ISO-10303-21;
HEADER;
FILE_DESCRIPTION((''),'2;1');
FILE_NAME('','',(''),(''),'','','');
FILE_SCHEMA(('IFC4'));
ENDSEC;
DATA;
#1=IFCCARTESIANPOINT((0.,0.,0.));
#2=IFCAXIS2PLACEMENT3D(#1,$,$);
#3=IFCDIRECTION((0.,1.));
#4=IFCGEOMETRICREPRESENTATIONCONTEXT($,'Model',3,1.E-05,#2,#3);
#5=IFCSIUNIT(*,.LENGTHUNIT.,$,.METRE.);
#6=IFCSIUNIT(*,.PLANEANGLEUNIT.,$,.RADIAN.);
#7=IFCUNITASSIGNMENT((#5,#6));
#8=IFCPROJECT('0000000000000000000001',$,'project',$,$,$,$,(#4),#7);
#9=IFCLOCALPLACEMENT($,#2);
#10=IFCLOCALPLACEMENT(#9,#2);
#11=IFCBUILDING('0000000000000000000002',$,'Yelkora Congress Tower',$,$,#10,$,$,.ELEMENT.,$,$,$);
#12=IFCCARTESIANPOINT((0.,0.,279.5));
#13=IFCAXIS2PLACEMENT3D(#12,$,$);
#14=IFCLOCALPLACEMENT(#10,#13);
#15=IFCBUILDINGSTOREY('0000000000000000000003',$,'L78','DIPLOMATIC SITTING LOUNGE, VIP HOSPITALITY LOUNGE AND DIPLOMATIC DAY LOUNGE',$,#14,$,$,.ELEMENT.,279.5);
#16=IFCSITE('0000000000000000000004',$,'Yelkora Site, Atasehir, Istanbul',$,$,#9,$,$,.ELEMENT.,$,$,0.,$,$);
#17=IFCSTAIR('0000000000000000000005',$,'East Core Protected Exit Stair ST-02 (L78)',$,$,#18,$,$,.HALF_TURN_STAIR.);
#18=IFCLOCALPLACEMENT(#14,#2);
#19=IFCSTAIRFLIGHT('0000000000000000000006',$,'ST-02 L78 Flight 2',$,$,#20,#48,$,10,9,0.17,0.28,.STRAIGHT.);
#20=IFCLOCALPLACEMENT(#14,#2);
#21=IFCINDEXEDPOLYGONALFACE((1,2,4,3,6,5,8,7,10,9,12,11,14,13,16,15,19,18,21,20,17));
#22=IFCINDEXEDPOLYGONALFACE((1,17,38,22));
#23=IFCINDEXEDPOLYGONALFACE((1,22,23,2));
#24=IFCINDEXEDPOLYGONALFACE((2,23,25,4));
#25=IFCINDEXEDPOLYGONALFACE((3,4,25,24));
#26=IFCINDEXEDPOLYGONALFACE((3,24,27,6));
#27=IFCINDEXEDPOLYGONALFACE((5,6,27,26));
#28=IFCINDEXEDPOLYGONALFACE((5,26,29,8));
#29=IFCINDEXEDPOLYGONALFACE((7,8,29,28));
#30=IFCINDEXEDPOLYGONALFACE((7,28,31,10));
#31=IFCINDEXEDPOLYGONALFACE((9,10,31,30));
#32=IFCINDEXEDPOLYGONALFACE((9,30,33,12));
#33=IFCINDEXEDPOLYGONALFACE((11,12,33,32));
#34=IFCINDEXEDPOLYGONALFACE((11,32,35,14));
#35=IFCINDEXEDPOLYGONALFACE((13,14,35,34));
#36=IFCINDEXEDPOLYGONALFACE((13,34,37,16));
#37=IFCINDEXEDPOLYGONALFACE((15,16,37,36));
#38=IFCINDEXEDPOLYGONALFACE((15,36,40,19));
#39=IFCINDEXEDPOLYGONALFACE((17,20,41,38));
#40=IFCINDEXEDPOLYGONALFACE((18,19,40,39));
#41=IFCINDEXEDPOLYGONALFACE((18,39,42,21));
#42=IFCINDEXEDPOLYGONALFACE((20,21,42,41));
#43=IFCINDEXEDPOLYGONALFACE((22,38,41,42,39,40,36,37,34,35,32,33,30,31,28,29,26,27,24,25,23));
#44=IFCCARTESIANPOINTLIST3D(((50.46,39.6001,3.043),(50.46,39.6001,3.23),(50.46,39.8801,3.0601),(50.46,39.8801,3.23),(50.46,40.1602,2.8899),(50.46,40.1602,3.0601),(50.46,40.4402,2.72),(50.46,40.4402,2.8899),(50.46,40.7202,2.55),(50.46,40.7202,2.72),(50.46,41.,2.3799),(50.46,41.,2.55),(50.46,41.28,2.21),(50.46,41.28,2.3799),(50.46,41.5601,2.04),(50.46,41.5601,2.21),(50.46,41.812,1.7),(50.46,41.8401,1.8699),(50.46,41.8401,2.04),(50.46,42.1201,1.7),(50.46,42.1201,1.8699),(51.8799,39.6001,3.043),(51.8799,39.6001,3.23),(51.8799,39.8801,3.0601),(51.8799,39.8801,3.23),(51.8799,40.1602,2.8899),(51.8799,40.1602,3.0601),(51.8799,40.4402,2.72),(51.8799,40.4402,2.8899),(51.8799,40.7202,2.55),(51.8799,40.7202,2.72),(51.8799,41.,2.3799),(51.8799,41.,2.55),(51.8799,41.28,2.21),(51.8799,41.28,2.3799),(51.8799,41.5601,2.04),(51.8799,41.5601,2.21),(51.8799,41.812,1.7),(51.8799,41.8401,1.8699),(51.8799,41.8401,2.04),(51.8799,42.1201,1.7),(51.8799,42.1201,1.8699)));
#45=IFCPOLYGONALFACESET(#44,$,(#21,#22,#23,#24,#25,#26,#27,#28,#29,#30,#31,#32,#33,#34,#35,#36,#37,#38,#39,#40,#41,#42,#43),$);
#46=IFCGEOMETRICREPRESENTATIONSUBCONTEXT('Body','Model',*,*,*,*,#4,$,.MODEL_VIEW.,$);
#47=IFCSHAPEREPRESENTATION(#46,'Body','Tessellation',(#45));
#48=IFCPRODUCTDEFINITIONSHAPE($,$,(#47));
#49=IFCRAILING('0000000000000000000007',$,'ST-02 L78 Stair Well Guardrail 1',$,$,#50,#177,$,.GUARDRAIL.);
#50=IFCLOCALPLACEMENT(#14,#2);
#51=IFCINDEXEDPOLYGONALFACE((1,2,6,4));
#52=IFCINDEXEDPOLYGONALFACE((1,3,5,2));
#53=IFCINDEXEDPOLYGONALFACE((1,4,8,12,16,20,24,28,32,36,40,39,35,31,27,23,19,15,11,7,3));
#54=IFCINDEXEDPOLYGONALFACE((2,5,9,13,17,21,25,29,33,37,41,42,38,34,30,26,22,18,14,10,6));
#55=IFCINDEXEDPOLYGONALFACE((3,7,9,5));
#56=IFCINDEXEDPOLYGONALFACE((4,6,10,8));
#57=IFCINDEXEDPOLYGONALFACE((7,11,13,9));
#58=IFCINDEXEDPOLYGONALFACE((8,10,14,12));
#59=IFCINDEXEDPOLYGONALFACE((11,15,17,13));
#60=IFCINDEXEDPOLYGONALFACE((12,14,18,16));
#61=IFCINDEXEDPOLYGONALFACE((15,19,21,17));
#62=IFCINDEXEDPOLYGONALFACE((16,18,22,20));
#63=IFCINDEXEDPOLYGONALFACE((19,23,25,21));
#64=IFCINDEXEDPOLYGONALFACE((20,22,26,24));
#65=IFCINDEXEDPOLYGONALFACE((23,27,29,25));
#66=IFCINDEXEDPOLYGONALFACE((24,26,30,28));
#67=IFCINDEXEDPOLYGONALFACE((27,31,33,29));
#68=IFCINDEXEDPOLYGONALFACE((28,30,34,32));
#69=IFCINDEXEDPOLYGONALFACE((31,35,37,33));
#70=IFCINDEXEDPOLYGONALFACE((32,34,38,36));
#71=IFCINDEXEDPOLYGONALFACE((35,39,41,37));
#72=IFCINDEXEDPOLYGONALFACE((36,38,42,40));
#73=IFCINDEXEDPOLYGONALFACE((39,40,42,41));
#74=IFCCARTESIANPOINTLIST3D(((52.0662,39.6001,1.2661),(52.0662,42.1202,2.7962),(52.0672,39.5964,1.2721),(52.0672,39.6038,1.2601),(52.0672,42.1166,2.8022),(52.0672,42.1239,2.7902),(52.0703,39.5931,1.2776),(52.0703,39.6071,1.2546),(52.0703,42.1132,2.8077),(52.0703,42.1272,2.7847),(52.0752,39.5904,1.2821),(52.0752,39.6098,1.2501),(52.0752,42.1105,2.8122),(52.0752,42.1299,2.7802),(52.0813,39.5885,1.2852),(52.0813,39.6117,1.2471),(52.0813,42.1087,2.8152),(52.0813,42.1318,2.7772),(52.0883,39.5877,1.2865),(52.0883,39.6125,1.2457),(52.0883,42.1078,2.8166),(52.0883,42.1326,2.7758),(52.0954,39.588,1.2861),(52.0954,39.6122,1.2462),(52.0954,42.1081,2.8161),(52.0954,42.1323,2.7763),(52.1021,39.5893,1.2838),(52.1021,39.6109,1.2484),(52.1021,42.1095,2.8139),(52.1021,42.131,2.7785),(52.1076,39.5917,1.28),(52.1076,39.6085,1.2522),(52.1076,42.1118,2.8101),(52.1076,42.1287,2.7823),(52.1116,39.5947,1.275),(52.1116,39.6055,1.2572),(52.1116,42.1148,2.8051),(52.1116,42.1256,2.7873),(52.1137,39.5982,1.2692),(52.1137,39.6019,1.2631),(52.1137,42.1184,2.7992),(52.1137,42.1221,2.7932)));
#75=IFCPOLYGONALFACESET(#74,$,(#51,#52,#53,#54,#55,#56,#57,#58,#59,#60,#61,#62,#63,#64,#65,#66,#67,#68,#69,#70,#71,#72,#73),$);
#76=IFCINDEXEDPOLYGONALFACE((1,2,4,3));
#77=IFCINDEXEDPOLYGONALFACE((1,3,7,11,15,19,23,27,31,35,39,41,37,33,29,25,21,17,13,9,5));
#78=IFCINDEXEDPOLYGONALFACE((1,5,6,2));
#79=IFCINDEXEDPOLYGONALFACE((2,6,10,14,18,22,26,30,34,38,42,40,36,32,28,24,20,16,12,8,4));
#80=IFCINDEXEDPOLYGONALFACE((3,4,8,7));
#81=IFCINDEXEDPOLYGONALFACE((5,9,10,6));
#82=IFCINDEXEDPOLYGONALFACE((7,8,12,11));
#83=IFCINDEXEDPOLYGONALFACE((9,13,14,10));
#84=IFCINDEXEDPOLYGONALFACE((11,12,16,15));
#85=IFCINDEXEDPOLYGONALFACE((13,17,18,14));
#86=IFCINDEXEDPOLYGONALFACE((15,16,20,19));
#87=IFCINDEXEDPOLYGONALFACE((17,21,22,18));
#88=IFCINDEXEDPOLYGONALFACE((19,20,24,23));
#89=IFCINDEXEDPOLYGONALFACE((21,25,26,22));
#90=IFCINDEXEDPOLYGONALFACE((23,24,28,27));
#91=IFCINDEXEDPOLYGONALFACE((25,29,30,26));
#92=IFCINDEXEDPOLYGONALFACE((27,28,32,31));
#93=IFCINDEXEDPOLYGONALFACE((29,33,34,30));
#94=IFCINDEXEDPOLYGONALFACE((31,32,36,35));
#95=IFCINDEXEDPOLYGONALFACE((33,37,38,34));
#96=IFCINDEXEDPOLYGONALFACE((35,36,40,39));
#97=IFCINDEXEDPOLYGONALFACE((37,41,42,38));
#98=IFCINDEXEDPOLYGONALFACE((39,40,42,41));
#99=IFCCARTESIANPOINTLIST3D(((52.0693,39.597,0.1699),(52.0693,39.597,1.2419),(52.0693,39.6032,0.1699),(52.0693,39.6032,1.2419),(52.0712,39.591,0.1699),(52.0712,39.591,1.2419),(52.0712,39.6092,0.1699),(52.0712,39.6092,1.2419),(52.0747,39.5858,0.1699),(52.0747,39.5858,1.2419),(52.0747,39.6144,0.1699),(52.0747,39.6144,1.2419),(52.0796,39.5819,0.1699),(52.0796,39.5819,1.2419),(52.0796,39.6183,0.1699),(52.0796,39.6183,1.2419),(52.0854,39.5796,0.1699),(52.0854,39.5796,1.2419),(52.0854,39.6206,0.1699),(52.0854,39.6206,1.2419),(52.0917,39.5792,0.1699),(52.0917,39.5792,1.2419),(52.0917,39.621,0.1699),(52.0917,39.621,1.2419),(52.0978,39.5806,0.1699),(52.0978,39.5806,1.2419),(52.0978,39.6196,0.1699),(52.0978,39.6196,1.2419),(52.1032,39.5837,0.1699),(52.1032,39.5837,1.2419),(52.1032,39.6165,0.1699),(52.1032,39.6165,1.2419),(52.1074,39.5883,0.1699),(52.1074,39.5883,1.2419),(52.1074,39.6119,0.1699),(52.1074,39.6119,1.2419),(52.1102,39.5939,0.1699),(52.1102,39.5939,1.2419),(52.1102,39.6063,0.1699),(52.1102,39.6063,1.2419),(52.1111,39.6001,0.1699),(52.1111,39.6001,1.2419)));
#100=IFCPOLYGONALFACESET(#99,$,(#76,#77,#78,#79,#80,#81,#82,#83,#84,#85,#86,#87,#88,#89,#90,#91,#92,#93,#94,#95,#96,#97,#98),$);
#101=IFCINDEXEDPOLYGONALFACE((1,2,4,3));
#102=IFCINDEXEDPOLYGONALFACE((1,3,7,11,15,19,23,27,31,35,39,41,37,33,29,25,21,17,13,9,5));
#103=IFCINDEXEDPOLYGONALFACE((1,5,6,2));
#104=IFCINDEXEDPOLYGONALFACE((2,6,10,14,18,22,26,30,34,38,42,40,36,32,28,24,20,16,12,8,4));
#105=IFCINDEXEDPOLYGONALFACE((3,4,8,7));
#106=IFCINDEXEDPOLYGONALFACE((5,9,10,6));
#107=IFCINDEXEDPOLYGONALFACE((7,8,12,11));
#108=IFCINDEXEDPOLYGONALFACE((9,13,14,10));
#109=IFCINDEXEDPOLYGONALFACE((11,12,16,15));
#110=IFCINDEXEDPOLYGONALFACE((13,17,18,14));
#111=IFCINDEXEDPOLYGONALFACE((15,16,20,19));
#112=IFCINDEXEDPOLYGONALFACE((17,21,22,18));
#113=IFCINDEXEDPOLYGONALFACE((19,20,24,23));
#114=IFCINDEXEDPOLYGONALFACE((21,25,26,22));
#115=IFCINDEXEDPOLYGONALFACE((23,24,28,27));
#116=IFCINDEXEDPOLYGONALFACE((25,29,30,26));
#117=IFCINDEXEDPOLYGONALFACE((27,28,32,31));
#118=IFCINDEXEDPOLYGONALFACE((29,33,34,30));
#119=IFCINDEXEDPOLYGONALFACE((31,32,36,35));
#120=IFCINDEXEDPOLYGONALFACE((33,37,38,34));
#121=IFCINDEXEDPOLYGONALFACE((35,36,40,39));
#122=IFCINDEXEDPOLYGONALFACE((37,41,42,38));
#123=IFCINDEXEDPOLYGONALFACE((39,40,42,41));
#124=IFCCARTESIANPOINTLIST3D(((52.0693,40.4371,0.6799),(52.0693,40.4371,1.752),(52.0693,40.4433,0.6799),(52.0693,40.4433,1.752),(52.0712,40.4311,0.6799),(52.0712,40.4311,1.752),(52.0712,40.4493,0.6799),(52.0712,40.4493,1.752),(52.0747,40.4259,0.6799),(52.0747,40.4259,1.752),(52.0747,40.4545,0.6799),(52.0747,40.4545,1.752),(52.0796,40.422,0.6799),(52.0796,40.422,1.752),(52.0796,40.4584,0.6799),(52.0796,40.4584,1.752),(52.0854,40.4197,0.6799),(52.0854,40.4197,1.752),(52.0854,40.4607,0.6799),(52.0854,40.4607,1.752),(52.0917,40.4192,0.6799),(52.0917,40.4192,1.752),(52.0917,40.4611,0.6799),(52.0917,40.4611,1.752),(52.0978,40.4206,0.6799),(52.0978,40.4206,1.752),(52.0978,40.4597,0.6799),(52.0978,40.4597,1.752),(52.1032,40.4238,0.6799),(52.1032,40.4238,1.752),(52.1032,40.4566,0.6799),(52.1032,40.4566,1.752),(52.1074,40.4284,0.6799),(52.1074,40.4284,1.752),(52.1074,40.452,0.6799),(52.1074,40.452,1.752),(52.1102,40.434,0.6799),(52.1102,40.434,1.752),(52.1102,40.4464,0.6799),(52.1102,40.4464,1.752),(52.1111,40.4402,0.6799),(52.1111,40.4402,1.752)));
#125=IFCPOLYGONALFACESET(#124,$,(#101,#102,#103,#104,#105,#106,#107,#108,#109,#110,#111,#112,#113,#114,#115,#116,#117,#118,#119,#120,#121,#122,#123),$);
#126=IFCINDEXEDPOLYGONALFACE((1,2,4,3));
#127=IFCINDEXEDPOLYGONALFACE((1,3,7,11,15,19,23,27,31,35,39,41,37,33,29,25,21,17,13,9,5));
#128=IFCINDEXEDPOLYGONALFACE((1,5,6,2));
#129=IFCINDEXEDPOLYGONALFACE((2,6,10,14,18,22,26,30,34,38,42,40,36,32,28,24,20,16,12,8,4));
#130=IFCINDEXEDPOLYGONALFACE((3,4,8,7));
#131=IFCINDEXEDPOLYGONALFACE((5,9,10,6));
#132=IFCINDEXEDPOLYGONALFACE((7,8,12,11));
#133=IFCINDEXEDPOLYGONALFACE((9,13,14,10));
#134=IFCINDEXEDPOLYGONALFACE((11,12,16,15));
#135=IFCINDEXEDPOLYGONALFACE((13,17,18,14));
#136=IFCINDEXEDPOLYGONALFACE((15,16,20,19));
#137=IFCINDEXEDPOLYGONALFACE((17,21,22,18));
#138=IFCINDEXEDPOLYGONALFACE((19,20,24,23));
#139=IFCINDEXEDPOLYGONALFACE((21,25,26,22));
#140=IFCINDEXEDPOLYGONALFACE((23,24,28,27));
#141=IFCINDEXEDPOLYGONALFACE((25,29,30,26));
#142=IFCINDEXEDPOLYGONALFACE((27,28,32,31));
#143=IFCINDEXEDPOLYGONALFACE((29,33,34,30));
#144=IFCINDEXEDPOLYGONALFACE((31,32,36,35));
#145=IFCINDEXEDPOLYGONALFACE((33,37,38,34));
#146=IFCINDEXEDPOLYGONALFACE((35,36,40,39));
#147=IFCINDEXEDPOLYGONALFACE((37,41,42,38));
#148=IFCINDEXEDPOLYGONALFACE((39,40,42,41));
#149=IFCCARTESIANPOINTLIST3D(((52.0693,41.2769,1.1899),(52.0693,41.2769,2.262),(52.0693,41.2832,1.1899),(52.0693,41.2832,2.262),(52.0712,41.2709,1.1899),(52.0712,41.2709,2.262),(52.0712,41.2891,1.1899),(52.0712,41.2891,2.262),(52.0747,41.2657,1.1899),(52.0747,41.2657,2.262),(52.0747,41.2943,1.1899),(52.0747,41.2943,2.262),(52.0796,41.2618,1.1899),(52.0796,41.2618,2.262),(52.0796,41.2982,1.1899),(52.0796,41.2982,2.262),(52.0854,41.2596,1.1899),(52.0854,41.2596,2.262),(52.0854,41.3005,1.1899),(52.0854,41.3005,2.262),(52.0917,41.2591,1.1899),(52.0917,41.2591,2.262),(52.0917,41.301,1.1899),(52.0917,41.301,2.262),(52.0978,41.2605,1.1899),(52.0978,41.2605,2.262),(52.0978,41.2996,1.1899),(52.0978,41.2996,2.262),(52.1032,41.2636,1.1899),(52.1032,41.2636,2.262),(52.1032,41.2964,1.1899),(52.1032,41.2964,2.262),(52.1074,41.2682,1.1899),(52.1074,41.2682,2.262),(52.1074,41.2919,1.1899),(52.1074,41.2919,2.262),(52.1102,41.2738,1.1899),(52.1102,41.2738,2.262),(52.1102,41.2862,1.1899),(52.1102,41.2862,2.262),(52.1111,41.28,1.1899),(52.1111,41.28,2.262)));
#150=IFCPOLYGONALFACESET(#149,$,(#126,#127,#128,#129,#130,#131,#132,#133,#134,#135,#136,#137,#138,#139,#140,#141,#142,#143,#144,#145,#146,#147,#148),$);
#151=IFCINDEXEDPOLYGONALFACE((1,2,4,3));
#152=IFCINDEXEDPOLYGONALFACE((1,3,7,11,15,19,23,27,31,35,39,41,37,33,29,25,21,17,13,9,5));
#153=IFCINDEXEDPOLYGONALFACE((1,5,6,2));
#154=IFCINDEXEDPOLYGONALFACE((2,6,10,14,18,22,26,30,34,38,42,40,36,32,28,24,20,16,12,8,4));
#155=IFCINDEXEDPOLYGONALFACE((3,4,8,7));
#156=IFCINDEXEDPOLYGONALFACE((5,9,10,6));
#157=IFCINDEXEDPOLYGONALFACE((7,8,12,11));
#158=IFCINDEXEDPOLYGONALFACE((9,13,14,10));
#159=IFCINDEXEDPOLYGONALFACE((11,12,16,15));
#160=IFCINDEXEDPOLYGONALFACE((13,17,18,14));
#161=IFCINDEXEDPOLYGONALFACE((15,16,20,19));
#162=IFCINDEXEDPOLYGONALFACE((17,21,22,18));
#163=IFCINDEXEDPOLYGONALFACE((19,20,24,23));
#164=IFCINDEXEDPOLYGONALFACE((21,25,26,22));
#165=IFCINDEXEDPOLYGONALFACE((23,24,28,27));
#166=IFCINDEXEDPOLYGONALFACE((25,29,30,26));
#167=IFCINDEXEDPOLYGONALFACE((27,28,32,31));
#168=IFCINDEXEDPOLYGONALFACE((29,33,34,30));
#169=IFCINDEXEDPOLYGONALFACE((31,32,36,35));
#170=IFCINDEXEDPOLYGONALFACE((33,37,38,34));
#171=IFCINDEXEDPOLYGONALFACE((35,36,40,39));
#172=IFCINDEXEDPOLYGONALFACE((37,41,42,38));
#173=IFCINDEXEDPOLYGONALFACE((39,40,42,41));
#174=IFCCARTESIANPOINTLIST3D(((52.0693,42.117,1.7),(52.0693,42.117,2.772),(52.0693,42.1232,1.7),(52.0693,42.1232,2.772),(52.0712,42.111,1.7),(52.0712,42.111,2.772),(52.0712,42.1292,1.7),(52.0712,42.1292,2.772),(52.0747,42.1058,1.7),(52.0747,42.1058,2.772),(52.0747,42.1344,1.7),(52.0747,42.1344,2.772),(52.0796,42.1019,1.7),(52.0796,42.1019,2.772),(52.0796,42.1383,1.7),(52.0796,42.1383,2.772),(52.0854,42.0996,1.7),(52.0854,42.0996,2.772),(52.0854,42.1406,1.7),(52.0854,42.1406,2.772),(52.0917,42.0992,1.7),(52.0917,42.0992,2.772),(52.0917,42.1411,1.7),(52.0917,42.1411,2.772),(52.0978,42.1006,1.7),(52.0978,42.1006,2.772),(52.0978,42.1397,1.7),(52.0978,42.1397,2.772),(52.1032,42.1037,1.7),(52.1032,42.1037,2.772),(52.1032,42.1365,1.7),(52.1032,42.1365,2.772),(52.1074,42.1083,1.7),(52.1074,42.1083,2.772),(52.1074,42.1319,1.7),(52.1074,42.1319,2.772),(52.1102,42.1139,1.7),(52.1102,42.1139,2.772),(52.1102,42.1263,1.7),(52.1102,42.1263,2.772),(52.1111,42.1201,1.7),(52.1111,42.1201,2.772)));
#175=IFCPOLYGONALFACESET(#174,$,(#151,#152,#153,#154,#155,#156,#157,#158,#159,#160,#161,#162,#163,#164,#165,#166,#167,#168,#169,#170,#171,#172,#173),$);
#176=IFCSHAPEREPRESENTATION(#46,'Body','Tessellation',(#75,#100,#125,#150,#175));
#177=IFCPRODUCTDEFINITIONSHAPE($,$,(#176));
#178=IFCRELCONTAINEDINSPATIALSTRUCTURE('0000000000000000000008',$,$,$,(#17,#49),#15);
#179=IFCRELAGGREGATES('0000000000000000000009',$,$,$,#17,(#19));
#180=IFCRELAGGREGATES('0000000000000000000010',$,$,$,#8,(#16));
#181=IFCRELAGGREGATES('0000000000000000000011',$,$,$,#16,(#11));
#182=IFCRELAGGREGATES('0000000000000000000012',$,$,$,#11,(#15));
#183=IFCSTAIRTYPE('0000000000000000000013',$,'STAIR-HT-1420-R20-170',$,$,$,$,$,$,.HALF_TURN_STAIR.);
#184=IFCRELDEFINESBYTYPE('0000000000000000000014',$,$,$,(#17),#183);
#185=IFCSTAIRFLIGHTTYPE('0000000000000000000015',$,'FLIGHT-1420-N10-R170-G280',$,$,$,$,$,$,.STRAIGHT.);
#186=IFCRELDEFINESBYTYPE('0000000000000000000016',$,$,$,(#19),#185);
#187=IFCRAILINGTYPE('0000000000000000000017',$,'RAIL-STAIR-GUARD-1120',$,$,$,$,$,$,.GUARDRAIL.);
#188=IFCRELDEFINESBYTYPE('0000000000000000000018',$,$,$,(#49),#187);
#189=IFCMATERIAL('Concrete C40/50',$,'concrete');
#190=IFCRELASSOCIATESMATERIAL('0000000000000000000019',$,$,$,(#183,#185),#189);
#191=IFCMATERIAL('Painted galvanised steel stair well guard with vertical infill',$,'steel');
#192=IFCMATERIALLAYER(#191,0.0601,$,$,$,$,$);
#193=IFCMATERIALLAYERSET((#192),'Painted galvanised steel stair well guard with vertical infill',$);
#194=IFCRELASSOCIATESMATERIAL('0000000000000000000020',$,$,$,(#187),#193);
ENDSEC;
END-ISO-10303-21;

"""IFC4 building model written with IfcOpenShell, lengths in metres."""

from ifc_helpers import new_model, si_unit, direction, frame, origin, origin_2d, place, context, subcontext, project, spatial, polyline, circle, outline, extrude, material, layer, layer_set, type_object, element, aggregate, save


model = new_model("IFC4")

# Units and contexts
model_context = context("Model", 3, precision=1e-05, world=origin(), true_north=direction((0.0, 1.0)))
body_context = subcontext(model_context, "Body", "Model", "MODEL_VIEW")
ifc_project = project(units=[si_unit("LENGTHUNIT", "METRE"), si_unit("PLANEANGLEUNIT", "RADIAN")], contexts=[model_context])

# Site, building, storey
site_placement = place(None, origin())
site = spatial("IfcSite", under=ifc_project, at=site_placement, Name="Yelkora Site, Atasehir, Istanbul", CompositionType="ELEMENT", RefElevation=0.0)
building_placement = place(site_placement, origin())
building = spatial("IfcBuilding", under=site, at=building_placement, Name="Yelkora Congress Tower", CompositionType="ELEMENT")
storey_placement = place(building_placement, frame((0.0, 0.0, 279.5)))
storey = spatial("IfcBuildingStorey", under=building, at=storey_placement, Name="L78", Description="DIPLOMATIC SITTING LOUNGE, VIP HOSPITALITY LOUNGE AND DIPLOMATIC DAY LOUNGE", CompositionType="ELEMENT", Elevation=279.5)

# Stair, stair flight
ifc_material_1 = material(Name="Concrete C40/50", Category="concrete")
stair_type = type_object("IfcStairType", Name="STAIR-HT-1420-R20-170", PredefinedType="HALF_TURN_STAIR", material=ifc_material_1)
stair_placement = place(storey_placement, origin())
stair = element("IfcStair", 1, at=stair_placement, inside=storey, type_object=stair_type, Name="East Core Protected Exit Stair ST-02 (L78)", PredefinedType="HALF_TURN_STAIR")
stair_flight_type = type_object("IfcStairFlightType", Name="FLIGHT-1420-N10-R170-G280", PredefinedType="STRAIGHT", material=ifc_material_1)
stair_flight_1_placement = place(storey_placement, frame((51.1699, 42.1201, 1.7), z_axis=(0.0, 0.0, 1.0), x_axis=(0.0, -1.0, 0.0)))
stair_flight_1 = element("IfcStairFlight", 2, at=stair_flight_1_placement, type_object=stair_flight_type, Name="ST-02 L78 Flight 2", NumberOfRisers=10, NumberOfTreads=9, PredefinedType="STRAIGHT", RiserHeight=0.17, TreadLength=0.28, context=body_context, shape_type="SweptSolid", body=[
    extrude(outline(polyline([(0.0, 0.0), (0.0, 0.1699), (0.28, 0.1699), (0.28, 0.3401), (0.5601, 0.3401), (0.5601, 0.51), (0.8401, 0.51), (0.8401, 0.6799), (1.1201, 0.6799), (1.1201, 0.8501), (1.3999, 0.8501), (1.3999, 1.02), (1.6799, 1.02), (1.6799, 1.1899), (1.96, 1.1899), (1.96, 1.3601), (2.24, 1.3601), (2.24, 1.53), (2.52, 1.53), (2.52, 1.7), (2.52, 1.343), (0.3081, 0.0), (0.0, 0.0)])), frame((0.0, 0.71, 0.0), z_axis=(0.0, -1.0, 0.0), x_axis=(1.0, 0.0, 0.0)), (0.0, 0.0, 1.0), 1.4199),
])
aggregate(stair, [stair_flight_1])

# Railing
ifc_material_2 = material(Name="Painted galvanised steel stair well guard with vertical infill", Category="steel")
ifc_layer_1 = layer(ifc_material_2, 0.0601)
ifc_layer_set_1 = layer_set([ifc_layer_1], Name="Painted galvanised steel stair well guard with vertical infill")
railing_type_1 = type_object("IfcRailingType", Name="RAIL-STAIR-GUARD-1120", PredefinedType="GUARDRAIL", material=ifc_layer_set_1)
railing_1_placement = place(storey_placement, frame((52.0901, 39.6001, 0.1699)))
element("IfcRailing", 3, at=railing_1_placement, inside=storey, type_object=railing_type_1, Name="ST-02 L78 Stair Well Guardrail 1", PredefinedType="GUARDRAIL", context=body_context, shape_type="SweptSolid", body=[
    extrude(circle(Radius=0.0239, at=origin_2d()), frame((0.0, 0.0, 1.0962), z_axis=(0.0, 0.854785, 0.518982), x_axis=(-1.0, 0.0, 0.0)), (0.0, 0.0, 1.0), 2.9482),
    extrude(circle(Radius=0.021, at=origin_2d()), origin(), (0.0, 0.0, 1.0), 1.072),
    extrude(circle(Radius=0.021, at=origin_2d()), frame((0.0, 0.8401, 0.51)), (0.0, 0.0, 1.0), 1.072),
    extrude(circle(Radius=0.021, at=origin_2d()), frame((0.0, 1.6799, 1.02)), (0.0, 0.0, 1.0), 1.072),
    extrude(circle(Radius=0.021, at=origin_2d()), frame((0.0, 2.52, 1.53)), (0.0, 0.0, 1.0), 1.072),
])

save(model, "model.ifc")
